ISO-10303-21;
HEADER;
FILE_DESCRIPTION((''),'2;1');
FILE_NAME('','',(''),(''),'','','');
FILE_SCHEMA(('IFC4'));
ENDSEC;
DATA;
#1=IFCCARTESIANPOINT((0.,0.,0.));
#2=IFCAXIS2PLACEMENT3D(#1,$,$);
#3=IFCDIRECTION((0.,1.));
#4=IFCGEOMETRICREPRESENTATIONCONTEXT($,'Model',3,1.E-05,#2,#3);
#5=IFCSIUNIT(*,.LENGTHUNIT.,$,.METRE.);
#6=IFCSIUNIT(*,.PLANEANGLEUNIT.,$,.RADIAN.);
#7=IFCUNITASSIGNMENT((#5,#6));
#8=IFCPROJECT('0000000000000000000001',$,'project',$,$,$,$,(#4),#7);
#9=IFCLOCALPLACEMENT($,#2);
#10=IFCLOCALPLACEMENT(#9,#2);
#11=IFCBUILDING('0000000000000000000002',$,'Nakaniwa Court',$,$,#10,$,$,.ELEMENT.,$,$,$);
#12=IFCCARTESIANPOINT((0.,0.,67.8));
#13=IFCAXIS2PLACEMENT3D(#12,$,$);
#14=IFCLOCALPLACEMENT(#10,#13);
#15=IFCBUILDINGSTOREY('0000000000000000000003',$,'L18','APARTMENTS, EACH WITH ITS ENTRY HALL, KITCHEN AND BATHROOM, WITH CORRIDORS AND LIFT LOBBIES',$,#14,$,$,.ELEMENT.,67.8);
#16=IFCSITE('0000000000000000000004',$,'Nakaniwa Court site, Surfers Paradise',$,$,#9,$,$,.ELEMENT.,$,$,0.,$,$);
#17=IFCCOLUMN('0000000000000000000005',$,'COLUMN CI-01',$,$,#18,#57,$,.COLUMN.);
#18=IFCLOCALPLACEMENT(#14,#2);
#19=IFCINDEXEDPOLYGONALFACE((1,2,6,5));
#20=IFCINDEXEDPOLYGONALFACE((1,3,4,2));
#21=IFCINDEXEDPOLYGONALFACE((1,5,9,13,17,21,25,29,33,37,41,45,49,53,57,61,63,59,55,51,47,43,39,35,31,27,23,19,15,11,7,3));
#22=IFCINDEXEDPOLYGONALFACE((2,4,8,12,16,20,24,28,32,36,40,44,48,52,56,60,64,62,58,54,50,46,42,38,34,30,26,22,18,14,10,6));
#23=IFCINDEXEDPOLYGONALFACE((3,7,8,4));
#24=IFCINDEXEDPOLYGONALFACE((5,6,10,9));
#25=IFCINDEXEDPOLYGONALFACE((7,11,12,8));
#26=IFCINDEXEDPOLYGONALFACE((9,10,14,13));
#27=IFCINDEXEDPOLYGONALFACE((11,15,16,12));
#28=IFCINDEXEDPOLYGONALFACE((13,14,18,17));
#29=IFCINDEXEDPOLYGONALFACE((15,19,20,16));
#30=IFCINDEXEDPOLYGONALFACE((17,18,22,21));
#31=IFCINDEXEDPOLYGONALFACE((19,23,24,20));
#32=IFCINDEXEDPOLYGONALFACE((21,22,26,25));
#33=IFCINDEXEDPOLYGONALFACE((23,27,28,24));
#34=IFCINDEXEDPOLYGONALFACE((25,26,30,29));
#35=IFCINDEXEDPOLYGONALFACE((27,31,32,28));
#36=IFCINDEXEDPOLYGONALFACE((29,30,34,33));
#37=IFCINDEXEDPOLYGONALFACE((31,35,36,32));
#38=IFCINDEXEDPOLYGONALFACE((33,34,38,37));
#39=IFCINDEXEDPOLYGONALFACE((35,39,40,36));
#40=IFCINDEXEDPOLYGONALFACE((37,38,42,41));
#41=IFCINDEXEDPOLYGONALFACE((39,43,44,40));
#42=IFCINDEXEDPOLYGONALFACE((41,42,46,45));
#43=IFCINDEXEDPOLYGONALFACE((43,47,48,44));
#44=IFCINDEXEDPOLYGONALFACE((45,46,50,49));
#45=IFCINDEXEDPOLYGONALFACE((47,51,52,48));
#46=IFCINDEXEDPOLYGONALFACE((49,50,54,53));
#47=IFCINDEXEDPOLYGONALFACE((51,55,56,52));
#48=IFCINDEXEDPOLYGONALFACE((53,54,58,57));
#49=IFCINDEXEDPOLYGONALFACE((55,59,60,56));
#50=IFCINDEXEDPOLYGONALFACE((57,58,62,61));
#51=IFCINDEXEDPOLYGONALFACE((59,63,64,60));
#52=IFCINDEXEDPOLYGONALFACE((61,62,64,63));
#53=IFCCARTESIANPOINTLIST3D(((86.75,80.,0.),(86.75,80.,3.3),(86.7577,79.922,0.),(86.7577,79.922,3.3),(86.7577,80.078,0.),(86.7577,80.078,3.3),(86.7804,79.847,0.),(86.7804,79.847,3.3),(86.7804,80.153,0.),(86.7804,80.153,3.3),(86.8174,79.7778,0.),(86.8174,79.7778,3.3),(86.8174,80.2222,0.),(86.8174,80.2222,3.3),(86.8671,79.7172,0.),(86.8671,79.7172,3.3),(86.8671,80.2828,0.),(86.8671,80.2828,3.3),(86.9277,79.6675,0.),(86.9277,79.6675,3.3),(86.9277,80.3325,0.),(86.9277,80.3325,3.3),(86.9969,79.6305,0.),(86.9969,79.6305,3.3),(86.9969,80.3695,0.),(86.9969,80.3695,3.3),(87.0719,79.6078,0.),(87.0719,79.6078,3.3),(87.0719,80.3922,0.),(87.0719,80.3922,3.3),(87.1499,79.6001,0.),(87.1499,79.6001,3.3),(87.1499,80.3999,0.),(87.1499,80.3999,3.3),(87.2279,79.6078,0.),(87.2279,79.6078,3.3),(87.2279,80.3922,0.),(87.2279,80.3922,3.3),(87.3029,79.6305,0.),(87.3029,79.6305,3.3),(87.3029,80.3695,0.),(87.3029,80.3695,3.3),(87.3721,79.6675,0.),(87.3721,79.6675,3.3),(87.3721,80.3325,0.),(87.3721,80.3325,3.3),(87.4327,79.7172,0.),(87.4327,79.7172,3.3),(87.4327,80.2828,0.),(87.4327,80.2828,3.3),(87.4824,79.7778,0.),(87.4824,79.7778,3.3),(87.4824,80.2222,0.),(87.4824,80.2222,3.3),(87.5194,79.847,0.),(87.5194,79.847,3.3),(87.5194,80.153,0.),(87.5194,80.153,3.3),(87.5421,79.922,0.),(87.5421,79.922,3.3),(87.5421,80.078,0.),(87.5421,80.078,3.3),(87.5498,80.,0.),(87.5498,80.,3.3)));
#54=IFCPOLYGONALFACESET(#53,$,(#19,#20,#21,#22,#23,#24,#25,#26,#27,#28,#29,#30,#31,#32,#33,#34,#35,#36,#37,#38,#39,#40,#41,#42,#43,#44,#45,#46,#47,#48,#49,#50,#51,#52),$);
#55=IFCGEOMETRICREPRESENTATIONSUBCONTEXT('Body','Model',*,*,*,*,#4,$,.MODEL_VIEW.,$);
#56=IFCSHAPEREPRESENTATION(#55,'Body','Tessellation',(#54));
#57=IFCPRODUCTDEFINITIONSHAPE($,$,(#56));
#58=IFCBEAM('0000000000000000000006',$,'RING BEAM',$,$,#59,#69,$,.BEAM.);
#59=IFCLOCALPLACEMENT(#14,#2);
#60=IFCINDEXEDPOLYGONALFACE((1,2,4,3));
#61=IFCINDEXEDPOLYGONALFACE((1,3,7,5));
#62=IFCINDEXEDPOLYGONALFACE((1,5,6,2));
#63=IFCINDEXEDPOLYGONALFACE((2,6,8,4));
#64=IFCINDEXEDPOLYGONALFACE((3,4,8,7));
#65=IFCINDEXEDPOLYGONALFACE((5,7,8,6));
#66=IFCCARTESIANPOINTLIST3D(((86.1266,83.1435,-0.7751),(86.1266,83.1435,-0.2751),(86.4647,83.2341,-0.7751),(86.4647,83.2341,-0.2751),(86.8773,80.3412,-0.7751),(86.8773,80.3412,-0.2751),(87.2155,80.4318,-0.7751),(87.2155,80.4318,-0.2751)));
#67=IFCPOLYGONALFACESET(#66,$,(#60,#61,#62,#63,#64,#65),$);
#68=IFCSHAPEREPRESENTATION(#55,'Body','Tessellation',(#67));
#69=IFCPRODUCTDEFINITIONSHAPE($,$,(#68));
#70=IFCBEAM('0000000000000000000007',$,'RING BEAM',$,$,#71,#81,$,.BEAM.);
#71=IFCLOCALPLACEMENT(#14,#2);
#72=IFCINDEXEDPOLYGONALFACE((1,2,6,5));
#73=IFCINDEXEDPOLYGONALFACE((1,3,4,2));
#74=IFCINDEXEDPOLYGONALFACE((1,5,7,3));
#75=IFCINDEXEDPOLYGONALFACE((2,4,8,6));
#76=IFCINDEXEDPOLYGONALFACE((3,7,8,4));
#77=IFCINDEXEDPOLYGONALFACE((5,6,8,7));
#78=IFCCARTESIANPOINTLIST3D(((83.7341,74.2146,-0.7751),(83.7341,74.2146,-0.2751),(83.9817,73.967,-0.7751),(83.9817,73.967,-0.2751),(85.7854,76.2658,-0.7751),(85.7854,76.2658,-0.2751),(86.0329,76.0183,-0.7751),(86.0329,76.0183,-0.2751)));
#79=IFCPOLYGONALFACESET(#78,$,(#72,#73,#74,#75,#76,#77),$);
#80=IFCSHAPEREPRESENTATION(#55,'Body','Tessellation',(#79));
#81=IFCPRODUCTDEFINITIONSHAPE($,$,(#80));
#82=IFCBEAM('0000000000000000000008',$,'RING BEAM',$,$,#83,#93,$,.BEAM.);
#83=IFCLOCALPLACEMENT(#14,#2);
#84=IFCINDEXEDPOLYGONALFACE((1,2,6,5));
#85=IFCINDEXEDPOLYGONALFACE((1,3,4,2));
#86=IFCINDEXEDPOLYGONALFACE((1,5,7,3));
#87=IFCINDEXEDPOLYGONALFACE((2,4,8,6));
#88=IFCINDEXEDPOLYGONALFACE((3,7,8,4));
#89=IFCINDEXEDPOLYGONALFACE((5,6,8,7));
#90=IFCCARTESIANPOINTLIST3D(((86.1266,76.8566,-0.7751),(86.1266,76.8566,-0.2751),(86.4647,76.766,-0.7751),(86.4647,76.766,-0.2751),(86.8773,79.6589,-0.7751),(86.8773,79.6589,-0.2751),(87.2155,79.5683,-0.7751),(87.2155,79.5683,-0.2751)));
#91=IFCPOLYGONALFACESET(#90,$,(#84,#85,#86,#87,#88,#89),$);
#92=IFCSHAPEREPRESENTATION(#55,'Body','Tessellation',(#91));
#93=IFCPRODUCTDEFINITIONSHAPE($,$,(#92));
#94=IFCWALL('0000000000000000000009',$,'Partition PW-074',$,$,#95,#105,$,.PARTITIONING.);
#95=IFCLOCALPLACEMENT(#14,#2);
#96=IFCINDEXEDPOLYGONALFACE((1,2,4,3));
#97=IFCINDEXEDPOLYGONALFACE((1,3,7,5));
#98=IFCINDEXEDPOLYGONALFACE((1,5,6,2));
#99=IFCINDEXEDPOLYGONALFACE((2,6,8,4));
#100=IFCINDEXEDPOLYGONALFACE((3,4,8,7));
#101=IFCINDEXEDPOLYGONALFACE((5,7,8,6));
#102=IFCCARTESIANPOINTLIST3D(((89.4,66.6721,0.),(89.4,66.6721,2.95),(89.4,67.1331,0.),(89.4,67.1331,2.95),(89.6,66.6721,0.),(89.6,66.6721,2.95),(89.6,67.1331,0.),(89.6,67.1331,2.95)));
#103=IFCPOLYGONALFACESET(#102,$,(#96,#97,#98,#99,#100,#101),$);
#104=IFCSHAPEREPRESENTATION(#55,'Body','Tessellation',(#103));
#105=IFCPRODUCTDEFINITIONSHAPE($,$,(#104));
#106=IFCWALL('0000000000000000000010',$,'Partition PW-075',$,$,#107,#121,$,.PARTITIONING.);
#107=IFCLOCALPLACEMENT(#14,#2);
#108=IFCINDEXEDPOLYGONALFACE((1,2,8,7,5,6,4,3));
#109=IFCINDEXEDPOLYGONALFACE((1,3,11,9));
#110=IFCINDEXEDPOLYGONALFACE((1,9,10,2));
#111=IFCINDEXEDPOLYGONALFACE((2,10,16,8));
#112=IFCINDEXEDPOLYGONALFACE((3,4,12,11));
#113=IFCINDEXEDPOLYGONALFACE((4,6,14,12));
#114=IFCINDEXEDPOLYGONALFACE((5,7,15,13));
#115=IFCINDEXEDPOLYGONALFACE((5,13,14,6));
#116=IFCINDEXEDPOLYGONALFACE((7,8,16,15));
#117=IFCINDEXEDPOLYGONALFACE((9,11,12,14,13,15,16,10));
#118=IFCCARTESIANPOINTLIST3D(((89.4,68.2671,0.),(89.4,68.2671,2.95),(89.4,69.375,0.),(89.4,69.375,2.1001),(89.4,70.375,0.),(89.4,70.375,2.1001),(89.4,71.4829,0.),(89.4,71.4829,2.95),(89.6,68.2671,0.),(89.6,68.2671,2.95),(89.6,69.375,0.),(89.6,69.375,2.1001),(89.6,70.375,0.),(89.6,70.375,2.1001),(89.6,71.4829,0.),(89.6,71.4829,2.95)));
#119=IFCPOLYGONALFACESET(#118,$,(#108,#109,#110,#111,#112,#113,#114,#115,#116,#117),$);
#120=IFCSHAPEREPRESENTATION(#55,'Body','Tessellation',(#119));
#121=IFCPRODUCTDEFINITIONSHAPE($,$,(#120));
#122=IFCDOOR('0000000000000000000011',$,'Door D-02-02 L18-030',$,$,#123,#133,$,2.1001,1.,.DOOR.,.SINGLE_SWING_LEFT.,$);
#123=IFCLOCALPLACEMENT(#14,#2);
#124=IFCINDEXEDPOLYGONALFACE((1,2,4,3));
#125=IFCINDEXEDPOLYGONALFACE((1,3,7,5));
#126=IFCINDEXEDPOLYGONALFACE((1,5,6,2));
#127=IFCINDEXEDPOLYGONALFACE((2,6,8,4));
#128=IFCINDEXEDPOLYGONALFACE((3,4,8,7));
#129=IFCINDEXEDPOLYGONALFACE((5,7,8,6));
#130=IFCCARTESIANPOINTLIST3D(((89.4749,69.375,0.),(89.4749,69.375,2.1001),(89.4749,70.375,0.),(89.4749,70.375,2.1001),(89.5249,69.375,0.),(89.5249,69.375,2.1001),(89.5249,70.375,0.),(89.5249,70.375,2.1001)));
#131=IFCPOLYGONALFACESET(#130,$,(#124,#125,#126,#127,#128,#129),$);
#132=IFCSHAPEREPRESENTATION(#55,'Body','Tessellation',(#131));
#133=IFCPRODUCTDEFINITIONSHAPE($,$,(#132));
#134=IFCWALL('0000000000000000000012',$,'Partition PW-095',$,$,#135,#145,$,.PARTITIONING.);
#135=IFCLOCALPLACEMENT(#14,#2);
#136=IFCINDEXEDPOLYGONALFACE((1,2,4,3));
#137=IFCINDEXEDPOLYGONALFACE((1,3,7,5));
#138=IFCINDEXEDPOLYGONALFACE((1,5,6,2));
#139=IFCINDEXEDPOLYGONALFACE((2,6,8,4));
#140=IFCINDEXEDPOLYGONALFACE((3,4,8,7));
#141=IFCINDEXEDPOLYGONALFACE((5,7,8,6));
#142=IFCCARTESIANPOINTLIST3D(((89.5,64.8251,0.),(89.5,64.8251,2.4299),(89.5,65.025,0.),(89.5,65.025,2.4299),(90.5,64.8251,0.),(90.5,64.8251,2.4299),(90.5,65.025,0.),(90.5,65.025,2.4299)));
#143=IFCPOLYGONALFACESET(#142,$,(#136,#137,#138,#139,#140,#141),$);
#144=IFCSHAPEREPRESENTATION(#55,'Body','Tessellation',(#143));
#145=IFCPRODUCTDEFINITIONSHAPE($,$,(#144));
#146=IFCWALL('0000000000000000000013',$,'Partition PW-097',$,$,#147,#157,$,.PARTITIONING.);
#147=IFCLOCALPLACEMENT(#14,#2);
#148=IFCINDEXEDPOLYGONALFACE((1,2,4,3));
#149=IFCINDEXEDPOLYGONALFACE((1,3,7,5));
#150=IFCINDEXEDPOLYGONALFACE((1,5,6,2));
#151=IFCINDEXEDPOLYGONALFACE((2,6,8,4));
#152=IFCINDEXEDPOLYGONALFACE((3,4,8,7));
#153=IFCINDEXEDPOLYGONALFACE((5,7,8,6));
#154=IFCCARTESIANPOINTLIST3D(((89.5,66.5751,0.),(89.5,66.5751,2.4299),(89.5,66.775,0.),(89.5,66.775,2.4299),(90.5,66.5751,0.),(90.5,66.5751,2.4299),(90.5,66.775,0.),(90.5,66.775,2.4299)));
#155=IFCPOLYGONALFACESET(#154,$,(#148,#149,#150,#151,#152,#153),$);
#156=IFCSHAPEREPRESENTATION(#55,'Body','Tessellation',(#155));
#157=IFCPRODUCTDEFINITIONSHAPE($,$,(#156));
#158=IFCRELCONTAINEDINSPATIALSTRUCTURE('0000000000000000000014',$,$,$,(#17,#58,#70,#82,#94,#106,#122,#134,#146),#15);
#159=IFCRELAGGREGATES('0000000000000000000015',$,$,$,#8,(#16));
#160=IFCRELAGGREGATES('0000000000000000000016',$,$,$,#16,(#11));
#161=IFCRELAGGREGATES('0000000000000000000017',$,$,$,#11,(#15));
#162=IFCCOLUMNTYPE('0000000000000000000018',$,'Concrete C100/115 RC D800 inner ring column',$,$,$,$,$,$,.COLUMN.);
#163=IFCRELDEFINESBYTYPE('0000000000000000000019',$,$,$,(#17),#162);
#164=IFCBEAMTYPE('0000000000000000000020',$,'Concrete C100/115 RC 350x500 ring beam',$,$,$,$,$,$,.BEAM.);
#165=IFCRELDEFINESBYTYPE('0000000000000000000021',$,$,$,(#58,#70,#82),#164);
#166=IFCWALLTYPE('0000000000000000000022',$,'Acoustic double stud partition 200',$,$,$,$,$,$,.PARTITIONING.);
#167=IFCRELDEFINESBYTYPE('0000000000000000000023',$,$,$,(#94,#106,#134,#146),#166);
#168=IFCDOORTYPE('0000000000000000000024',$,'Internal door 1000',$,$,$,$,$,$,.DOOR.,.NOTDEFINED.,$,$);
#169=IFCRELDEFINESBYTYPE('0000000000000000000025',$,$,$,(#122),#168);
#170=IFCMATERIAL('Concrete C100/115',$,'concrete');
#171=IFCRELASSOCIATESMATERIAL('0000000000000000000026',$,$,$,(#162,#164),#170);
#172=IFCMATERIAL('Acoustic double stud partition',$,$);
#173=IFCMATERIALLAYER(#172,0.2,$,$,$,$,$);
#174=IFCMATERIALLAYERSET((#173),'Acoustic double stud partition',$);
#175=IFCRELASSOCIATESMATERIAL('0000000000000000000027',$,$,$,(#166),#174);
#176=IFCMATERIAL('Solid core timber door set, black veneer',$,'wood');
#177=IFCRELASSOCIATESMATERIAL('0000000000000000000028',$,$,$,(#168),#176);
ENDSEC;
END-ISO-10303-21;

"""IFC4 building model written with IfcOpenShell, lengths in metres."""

from ifc_helpers import new_model, si_unit, direction, frame, frame_2d, origin, origin_2d, place, context, subcontext, project, spatial, rectangle, circle, extrude, material, layer, layer_set, material_profile, profile_set, type_object, element, fill, save


model = new_model("IFC4")

# Units and contexts
model_context = context("Model", 3, precision=1e-05, world=origin(), true_north=direction((0.0, 1.0)))
body_context = subcontext(model_context, "Body", "Model", "MODEL_VIEW")
ifc_project = project(units=[si_unit("LENGTHUNIT", "METRE"), si_unit("PLANEANGLEUNIT", "RADIAN")], contexts=[model_context])

# Site, building, storey
site_placement = place(None, origin())
site = spatial("IfcSite", under=ifc_project, at=site_placement, Name="Nakaniwa Court site, Surfers Paradise", CompositionType="ELEMENT", RefElevation=0.0)
building_placement = place(site_placement, origin())
building = spatial("IfcBuilding", under=site, at=building_placement, Name="Nakaniwa Court", CompositionType="ELEMENT")
storey_placement = place(building_placement, frame((0.0, 0.0, 67.8)))
storey = spatial("IfcBuildingStorey", under=building, at=storey_placement, Name="L18", Description="APARTMENTS, EACH WITH ITS ENTRY HALL, KITCHEN AND BATHROOM, WITH CORRIDORS AND LIFT LOBBIES", CompositionType="ELEMENT", Elevation=67.8)

# Column
ifc_material_1 = material(Name="Concrete C100/115", Category="concrete")
ifc_material_profile_1 = material_profile(ifc_material_1, circle(Radius=0.3999, at=origin_2d()), Name="Concrete C100/115 RC D800 inner ring column")
ifc_profile_set_1 = profile_set([ifc_material_profile_1], Name="Concrete C100/115")
column_type = type_object("IfcColumnType", Name="Concrete C100/115 RC D800 inner ring column", PredefinedType="COLUMN", material=ifc_profile_set_1)
for number, where, z_axis, x_axis, name in (
    (1, (87.1499, 80.0, 0.0), (0.0, 0.0, 1.0), (0.0, 1.0, 0.0), "COLUMN CI-01"),
):
    element("IfcColumn", number, at=place(storey_placement, frame(where, z_axis=z_axis, x_axis=x_axis)), inside=storey, type_object=column_type, Name=name, PredefinedType="COLUMN", context=body_context, shape_type="SweptSolid", body=[
        extrude(circle(Radius=0.3999, at=origin_2d()), origin(), (0.0, 0.0, 1.0), 3.3),
    ])

# Beams
ifc_material_profile_2 = material_profile(ifc_material_1, rectangle(XDim=0.3501, YDim=0.5, at=origin_2d()), Name="Concrete C100/115 RC 350x500 ring beam")
ifc_profile_set_2 = profile_set([ifc_material_profile_2], Name="Concrete C100/115")
beam_type = type_object("IfcBeamType", Name="Concrete C100/115 RC 350x500 ring beam", PredefinedType="BEAM", material=ifc_profile_set_2)
beam_1_placement = place(storey_placement, frame((87.0464, 80.3865, -0.5251), z_axis=(-0.258778, 0.965937, 0.0), x_axis=(-0.965937, -0.258778, 0.0)))
element("IfcBeam", 2, at=beam_1_placement, inside=storey, type_object=beam_type, Name="RING BEAM", PredefinedType="BEAM", context=body_context, shape_type="SweptSolid", body=[
    extrude(rectangle(XDim=0.3501, YDim=0.5, at=origin_2d()), origin(), (0.0, 0.0, 1.0), 2.9011),
])
beam_2_placement = place(storey_placement, frame((83.8579, 74.0908, -0.5251), z_axis=(0.707107, 0.707107, 0.0), x_axis=(-0.707107, 0.707107, 0.0)))
element("IfcBeam", 3, at=beam_2_placement, inside=storey, type_object=beam_type, Name="RING BEAM", PredefinedType="BEAM", context=body_context, shape_type="SweptSolid", body=[
    extrude(rectangle(XDim=0.3501, YDim=0.5, at=origin_2d()), origin(), (0.0, 0.0, 1.0), 2.9009),
])
beam_3_placement = place(storey_placement, frame((86.2957, 76.8113, -0.5251), z_axis=(0.258778, 0.965937, 0.0), x_axis=(-0.965937, 0.258778, 0.0)))
element("IfcBeam", 4, at=beam_3_placement, inside=storey, type_object=beam_type, Name="RING BEAM", PredefinedType="BEAM", context=body_context, shape_type="SweptSolid", body=[
    extrude(rectangle(XDim=0.3501, YDim=0.5, at=origin_2d()), origin(), (0.0, 0.0, 1.0), 2.9011),
])

# Wall
ifc_material_2 = material(Name="Acoustic double stud partition")
ifc_layer_1 = layer(ifc_material_2, 0.2)
ifc_layer_set_1 = layer_set([ifc_layer_1], Name="Acoustic double stud partition")
wall_type_1 = type_object("IfcWallType", Name="Acoustic double stud partition 200", PredefinedType="PARTITIONING", material=ifc_layer_set_1)
wall_1_placement = place(storey_placement, frame((89.5, 66.6721, 0.0), z_axis=(0.0, 0.0, 1.0), x_axis=(0.0, 1.0, 0.0)))
element("IfcWall", 5, at=wall_1_placement, inside=storey, type_object=wall_type_1, Name="Partition PW-074", PredefinedType="PARTITIONING", context=body_context, shape_type="SweptSolid", body=[
    extrude(rectangle(XDim=0.4609, YDim=0.2, at=frame_2d((0.2305, 0.0))), origin(), (0.0, 0.0, 1.0), 2.95),
])

# Wall, opening, door
wall_2_placement = place(storey_placement, frame((89.5, 71.4829, 0.0), z_axis=(0.0, 0.0, 1.0), x_axis=(0.0, -1.0, 0.0)))
wall_2 = element("IfcWall", 6, at=wall_2_placement, inside=storey, type_object=wall_type_1, Name="Partition PW-075", PredefinedType="PARTITIONING", context=body_context, shape_type="SweptSolid", body=[
    extrude(rectangle(XDim=3.2158, YDim=0.2, at=frame_2d((1.6079, 0.0))), origin(), (0.0, 0.0, 1.0), 2.95),
])
opening_1_placement = place(wall_2_placement, frame((1.1079, 0.0, 0.0)))
opening_1 = element("IfcOpeningElement", 7, at=opening_1_placement, cuts=wall_2, PredefinedType="OPENING", context=body_context, shape_type="SweptSolid", body=[
    extrude(rectangle(XDim=1.0, YDim=2.1001, at=frame_2d((0.5, 1.05))), frame((0.0, 0.1099, 0.0), z_axis=(0.0, -1.0, 0.0), x_axis=(1.0, 0.0, 0.0)), (0.0, 0.0, 1.0), 0.22),
])
ifc_material_3 = material(Name="Solid core timber door set, black veneer", Category="wood")
door_type_1 = type_object("IfcDoorType", Name="Internal door 1000", OperationType="NOTDEFINED", PredefinedType="DOOR", material=ifc_material_3)
door_1_placement = place(opening_1_placement, origin())
door_1 = element("IfcDoor", 8, at=door_1_placement, inside=storey, type_object=door_type_1, Name="Door D-02-02 L18-030", OperationType="SINGLE_SWING_LEFT", OverallHeight=2.1001, OverallWidth=1.0, PredefinedType="DOOR", context=body_context, shape_type="SweptSolid", body=[
    extrude(rectangle(XDim=1.0, YDim=2.1001, at=frame_2d((0.5, 1.05))), frame((0.0, 0.0249, 0.0), z_axis=(0.0, -1.0, 0.0), x_axis=(1.0, 0.0, 0.0)), (0.0, 0.0, 1.0), 0.05),
])
fill(opening_1, door_1)

# Walls
for number, where, z_axis, x_axis, name in (
    (9, (89.5, 64.925, 0.0), (0.0, 0.0, 1.0), (1.0, 0.0, 0.0), "Partition PW-095"),
    (10, (89.5, 66.675, 0.0), (0.0, 0.0, 1.0), (1.0, 0.0, 0.0), "Partition PW-097"),
):
    element("IfcWall", number, at=place(storey_placement, frame(where, z_axis=z_axis, x_axis=x_axis)), inside=storey, type_object=wall_type_1, Name=name, PredefinedType="PARTITIONING", context=body_context, shape_type="SweptSolid", body=[
        extrude(rectangle(XDim=1.0, YDim=0.2, at=frame_2d((0.5, 0.0))), origin(), (0.0, 0.0, 1.0), 2.4299),
    ])

save(model, "model.ifc")
